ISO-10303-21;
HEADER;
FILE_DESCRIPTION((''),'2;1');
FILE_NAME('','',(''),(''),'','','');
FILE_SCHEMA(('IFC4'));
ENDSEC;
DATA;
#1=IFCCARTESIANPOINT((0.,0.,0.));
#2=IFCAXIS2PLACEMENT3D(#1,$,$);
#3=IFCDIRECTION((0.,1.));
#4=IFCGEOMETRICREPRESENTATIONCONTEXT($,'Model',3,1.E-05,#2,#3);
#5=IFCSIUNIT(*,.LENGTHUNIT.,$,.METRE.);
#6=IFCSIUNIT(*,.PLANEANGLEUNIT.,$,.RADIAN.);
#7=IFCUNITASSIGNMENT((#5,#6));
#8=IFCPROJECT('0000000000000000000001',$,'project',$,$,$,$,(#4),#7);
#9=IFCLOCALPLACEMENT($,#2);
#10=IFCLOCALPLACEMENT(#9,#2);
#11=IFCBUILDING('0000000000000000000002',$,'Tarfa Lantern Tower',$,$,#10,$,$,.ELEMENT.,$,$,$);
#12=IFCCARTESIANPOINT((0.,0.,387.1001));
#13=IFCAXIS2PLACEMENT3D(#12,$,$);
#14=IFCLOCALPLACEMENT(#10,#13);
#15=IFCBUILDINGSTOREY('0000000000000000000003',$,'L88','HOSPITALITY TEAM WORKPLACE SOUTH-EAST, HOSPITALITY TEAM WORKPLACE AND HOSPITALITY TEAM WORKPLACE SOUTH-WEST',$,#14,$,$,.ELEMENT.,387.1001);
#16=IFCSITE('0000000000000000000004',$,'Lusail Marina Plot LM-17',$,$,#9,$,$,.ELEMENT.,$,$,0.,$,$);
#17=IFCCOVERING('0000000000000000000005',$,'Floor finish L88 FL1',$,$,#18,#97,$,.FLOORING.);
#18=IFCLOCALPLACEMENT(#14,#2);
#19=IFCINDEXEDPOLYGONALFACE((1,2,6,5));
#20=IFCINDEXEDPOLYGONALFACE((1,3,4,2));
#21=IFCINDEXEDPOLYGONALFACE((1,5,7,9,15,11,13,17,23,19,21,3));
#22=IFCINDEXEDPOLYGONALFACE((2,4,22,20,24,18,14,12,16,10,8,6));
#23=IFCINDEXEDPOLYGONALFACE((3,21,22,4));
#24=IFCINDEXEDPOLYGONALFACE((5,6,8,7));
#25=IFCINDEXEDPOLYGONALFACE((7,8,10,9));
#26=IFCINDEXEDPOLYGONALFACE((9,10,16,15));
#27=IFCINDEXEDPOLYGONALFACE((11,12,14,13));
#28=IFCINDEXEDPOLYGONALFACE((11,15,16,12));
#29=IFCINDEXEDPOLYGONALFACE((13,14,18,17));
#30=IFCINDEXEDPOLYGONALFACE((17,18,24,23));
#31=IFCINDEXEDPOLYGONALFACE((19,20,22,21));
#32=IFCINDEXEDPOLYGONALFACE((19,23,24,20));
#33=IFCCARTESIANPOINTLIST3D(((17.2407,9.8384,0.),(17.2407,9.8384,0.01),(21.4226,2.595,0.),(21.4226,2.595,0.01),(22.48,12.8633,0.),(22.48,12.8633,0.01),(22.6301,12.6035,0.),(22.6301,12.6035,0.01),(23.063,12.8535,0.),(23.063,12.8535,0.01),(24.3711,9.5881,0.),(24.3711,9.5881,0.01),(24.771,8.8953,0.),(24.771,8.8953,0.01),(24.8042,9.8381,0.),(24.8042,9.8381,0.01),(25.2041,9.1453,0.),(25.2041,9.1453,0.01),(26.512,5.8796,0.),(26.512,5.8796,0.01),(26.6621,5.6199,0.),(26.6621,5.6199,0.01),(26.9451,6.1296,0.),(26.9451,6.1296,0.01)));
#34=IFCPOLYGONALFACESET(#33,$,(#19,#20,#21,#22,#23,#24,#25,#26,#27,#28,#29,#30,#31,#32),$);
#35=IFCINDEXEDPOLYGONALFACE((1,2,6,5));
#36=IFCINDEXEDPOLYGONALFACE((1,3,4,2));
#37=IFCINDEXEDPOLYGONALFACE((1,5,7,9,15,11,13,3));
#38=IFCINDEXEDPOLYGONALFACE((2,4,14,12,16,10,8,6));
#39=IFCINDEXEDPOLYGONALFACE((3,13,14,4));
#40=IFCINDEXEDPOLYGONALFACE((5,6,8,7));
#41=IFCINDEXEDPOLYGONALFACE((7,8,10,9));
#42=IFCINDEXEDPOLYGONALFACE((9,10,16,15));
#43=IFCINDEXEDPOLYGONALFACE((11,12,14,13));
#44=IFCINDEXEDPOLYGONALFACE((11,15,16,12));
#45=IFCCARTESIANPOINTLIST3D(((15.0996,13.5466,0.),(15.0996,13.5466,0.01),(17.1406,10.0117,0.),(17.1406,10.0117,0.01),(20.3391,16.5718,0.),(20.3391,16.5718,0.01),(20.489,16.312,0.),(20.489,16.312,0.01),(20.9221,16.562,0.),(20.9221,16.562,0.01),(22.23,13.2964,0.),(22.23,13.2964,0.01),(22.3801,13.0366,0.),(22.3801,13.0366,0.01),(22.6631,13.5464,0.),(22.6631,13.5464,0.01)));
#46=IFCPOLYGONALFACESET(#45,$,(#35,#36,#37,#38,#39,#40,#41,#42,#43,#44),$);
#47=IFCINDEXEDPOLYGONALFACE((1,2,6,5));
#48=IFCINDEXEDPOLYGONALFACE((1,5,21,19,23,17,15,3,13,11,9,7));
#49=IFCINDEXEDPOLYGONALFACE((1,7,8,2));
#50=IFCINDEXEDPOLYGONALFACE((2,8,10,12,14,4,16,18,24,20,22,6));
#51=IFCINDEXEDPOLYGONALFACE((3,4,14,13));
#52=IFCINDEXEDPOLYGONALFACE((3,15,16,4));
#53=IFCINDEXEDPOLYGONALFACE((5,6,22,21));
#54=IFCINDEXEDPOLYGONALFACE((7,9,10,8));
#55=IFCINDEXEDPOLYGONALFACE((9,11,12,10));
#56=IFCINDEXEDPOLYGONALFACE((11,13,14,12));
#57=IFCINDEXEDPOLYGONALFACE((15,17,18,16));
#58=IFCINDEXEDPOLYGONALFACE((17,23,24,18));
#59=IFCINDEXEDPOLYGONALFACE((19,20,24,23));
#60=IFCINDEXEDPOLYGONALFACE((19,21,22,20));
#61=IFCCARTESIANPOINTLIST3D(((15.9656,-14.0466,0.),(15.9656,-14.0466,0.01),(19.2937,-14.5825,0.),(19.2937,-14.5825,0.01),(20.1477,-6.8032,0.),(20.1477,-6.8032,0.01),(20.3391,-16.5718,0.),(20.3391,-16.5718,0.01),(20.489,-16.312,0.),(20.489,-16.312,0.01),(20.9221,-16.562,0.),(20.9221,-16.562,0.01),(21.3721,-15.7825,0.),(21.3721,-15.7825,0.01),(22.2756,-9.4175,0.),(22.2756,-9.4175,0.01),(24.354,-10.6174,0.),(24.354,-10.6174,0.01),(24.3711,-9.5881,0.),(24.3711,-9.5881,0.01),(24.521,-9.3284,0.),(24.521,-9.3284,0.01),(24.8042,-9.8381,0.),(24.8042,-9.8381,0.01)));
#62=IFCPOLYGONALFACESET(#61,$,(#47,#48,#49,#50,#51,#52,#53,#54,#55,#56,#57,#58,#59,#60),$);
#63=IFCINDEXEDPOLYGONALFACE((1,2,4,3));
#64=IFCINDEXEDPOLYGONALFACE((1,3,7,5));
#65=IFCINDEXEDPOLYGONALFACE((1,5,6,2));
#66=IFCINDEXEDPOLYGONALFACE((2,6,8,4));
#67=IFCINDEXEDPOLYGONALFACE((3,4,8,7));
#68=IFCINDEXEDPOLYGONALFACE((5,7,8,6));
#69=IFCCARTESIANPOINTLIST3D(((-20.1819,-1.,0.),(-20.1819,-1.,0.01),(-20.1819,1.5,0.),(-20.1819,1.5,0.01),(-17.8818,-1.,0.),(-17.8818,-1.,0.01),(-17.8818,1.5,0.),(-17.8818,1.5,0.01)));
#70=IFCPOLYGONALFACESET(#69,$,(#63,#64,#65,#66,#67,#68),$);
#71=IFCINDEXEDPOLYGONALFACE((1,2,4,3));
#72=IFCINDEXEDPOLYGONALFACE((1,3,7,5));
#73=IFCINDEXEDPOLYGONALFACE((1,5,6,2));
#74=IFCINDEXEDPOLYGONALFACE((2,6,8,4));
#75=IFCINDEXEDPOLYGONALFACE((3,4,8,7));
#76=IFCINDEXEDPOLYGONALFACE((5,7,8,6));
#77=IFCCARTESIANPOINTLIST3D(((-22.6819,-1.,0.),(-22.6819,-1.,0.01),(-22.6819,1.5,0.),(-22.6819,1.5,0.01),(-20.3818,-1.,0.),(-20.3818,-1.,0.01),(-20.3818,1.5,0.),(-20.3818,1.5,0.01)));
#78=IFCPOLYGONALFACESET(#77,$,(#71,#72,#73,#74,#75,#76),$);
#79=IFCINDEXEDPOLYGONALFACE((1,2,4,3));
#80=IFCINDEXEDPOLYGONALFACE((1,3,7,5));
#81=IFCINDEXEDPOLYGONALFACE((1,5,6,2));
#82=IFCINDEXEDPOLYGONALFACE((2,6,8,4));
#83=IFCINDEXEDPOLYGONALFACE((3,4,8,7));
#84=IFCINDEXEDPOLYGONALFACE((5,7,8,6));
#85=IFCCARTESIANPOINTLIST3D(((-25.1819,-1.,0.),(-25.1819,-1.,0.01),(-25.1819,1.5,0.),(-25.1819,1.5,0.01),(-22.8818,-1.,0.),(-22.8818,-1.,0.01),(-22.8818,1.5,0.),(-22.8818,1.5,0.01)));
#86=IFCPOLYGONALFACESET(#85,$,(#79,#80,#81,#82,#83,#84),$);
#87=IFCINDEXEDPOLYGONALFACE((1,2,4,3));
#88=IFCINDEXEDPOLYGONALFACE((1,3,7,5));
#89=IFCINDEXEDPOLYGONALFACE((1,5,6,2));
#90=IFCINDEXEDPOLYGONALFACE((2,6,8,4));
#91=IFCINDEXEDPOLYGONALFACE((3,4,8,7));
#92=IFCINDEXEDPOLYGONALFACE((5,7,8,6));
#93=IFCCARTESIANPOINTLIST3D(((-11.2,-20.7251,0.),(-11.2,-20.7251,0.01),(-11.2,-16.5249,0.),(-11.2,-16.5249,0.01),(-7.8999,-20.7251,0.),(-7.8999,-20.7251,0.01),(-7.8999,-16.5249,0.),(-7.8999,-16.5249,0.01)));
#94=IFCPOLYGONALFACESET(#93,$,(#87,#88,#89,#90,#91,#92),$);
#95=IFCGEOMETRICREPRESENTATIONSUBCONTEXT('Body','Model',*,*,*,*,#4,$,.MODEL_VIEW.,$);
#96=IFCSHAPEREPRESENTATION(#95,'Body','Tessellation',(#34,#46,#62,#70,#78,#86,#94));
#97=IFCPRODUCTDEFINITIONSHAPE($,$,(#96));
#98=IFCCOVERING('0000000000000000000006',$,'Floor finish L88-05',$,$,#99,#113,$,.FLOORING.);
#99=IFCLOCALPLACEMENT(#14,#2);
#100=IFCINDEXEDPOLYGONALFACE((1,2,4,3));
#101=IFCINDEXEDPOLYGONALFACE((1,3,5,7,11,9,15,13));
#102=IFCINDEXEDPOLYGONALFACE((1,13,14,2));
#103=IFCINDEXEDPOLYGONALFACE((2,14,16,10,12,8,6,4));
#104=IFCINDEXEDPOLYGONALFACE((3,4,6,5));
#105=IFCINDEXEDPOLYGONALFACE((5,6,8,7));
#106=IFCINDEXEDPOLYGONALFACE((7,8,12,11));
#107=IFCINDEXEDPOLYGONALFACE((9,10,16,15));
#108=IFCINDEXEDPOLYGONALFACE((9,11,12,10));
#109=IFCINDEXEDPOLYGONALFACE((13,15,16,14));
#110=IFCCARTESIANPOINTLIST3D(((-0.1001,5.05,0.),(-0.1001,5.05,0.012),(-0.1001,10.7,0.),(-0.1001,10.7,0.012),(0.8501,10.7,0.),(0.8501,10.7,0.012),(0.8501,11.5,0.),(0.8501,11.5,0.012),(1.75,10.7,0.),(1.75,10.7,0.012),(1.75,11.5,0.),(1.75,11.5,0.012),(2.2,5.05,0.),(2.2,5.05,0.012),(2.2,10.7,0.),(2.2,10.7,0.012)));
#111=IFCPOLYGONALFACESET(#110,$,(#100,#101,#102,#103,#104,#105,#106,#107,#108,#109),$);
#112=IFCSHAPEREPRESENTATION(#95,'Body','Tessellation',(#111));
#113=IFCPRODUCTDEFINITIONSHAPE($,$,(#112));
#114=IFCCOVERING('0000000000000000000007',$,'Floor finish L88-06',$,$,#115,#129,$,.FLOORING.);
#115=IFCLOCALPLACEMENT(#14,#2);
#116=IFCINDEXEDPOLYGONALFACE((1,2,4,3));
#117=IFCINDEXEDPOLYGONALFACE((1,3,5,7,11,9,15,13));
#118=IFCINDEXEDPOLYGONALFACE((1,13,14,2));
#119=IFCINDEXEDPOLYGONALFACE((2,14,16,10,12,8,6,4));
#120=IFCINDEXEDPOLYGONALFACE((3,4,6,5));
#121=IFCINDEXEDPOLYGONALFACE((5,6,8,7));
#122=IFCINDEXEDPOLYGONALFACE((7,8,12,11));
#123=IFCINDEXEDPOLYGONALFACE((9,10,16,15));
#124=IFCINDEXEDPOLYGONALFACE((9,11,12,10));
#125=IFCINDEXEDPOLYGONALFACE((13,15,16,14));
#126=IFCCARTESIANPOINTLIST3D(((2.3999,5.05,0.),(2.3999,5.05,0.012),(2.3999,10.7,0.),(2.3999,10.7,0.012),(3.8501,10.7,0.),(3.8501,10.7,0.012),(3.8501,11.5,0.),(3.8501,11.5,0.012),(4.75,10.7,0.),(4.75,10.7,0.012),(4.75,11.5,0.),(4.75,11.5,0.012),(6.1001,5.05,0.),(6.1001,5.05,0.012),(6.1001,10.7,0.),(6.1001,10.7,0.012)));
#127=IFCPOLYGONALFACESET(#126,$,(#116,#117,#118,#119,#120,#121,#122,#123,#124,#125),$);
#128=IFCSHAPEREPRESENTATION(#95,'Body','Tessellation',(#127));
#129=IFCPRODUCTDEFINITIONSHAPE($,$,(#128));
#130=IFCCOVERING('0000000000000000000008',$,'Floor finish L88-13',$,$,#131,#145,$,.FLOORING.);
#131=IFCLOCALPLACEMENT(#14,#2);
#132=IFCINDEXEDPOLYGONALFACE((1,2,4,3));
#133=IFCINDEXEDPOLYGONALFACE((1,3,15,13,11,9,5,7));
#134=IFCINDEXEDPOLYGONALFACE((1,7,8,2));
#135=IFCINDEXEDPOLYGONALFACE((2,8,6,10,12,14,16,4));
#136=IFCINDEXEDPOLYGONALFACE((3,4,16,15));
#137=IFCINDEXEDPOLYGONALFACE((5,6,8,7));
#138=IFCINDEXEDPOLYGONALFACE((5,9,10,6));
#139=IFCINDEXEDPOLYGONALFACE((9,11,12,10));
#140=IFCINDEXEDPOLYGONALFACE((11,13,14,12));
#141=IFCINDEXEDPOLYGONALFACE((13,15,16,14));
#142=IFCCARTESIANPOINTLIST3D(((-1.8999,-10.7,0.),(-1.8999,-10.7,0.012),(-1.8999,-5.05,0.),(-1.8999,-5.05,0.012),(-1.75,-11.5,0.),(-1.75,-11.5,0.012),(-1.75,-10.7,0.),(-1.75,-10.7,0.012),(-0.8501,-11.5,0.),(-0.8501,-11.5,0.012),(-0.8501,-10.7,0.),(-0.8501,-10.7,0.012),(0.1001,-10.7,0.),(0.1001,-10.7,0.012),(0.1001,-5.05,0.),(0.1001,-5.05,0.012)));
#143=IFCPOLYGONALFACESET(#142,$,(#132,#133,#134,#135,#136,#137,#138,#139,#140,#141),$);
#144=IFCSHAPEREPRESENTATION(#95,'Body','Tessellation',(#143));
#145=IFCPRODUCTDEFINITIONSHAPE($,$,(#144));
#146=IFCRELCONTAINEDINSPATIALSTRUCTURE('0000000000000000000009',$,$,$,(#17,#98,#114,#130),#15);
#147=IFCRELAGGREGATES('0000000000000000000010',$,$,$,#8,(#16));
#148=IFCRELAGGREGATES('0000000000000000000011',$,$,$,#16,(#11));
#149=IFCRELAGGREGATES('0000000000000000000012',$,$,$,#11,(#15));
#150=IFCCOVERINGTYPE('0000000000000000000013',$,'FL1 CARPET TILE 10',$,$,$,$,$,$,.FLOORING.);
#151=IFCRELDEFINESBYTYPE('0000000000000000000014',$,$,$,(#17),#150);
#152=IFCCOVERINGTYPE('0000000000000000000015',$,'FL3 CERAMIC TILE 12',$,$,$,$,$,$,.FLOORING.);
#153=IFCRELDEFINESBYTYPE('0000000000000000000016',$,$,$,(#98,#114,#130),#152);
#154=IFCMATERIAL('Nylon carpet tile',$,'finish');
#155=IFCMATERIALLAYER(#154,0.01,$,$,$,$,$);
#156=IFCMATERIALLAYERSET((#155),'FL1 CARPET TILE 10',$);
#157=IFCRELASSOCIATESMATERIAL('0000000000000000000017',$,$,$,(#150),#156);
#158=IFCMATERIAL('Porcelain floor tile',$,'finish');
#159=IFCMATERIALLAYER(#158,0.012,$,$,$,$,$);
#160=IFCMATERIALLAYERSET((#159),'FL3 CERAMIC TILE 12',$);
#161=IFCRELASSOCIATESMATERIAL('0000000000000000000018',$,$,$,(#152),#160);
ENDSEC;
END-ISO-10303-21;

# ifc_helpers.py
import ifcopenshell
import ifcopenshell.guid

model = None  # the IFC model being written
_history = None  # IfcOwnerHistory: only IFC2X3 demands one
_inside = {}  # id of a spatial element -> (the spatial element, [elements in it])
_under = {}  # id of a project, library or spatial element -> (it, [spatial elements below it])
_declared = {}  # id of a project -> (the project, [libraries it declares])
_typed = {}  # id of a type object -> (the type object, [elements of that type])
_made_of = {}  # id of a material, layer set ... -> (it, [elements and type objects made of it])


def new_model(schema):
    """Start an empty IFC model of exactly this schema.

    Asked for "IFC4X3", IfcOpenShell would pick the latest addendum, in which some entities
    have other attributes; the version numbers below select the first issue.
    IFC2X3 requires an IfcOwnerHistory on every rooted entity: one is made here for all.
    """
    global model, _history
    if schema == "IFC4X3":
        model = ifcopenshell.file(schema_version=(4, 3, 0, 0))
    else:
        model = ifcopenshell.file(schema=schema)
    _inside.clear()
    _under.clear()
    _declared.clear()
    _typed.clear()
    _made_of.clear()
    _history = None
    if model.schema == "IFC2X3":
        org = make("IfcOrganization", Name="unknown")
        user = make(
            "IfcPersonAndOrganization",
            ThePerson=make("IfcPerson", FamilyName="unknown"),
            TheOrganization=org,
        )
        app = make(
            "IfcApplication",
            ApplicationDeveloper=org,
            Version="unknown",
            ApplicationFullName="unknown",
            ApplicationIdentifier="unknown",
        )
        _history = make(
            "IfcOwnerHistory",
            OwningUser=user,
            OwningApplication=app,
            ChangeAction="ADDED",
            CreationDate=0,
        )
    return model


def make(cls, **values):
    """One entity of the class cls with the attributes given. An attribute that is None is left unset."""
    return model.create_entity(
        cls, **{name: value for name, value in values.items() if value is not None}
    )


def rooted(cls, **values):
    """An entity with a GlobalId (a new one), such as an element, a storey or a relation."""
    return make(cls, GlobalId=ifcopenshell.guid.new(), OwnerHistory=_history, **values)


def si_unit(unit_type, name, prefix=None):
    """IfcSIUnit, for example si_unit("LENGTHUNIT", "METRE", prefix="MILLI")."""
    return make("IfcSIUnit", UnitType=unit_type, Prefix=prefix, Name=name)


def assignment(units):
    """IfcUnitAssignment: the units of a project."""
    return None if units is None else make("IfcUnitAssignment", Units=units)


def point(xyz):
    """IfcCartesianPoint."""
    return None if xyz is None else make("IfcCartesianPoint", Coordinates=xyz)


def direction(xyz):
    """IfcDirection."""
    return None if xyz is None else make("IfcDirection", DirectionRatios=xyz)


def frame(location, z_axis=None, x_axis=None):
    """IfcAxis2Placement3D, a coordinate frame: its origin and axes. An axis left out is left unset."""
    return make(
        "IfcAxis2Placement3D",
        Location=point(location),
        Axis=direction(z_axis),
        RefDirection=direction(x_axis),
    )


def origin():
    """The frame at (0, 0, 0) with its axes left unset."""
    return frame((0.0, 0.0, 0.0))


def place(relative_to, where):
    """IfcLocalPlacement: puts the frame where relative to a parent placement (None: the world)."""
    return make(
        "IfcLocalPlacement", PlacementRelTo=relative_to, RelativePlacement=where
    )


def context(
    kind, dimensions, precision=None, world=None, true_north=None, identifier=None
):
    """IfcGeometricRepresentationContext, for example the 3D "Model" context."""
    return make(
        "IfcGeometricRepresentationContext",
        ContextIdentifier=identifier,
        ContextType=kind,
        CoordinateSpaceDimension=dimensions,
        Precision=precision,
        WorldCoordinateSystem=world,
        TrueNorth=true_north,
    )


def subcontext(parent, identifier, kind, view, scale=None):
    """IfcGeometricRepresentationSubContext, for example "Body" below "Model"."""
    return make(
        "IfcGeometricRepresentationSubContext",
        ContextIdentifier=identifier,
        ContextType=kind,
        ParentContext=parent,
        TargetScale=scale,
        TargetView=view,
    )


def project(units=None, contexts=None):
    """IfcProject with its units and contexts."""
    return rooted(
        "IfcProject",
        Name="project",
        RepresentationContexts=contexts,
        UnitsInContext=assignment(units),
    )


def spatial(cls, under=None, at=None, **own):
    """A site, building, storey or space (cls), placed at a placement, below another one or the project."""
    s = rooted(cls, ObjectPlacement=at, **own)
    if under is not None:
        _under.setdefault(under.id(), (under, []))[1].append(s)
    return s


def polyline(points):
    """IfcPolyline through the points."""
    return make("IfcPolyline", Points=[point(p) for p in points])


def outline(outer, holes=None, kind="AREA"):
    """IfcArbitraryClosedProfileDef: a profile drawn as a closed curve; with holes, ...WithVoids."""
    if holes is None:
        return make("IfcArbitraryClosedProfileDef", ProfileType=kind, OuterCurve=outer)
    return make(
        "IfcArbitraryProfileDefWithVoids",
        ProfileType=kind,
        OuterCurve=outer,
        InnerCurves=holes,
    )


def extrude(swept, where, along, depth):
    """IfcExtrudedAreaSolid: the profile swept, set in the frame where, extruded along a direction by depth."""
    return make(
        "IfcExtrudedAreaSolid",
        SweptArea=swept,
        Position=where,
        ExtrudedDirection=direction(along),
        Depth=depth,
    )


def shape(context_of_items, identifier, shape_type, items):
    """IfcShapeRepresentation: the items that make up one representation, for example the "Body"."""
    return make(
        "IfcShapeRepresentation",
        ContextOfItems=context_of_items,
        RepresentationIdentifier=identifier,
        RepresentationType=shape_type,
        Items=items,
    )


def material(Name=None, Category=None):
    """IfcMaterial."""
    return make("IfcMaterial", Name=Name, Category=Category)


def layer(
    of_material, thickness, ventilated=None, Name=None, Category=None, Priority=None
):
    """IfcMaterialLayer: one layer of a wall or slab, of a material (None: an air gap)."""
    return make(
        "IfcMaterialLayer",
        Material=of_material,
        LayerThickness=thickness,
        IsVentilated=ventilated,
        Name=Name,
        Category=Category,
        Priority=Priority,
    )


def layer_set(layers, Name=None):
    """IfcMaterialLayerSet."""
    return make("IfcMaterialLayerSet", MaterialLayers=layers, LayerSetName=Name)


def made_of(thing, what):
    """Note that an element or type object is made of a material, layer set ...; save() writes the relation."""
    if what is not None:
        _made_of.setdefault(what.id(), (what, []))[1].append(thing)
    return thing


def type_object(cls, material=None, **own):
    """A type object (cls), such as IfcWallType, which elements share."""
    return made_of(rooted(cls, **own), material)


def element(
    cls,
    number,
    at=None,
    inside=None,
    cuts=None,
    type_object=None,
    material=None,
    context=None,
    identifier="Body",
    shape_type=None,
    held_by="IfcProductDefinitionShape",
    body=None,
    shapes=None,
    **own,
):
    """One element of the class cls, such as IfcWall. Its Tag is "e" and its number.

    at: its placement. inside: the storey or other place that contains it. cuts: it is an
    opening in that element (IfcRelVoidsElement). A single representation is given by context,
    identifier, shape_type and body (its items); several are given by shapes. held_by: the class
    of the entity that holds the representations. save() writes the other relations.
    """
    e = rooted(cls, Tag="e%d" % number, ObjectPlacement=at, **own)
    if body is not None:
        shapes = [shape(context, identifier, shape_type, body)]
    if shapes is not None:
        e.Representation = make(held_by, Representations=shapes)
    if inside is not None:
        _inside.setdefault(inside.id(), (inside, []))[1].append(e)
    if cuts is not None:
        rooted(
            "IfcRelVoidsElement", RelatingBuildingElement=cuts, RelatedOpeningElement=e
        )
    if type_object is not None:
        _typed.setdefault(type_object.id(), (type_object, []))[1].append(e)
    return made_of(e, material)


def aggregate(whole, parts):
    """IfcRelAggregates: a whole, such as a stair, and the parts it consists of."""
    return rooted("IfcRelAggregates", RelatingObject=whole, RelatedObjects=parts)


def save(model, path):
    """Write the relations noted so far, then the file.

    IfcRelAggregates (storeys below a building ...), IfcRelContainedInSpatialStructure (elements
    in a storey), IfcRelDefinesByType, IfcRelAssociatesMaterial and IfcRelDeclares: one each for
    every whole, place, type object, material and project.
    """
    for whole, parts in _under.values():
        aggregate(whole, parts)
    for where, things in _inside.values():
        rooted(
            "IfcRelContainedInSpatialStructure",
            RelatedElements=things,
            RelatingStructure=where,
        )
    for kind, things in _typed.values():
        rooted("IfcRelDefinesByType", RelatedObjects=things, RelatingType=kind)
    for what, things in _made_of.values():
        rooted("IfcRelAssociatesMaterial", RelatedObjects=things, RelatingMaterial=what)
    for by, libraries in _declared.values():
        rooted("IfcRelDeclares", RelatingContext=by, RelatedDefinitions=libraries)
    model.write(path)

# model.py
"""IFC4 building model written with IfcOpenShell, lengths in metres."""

from ifc_helpers import new_model, si_unit, direction, frame, origin, place, context, subcontext, project, spatial, polyline, outline, extrude, material, layer, layer_set, type_object, element, save


model = new_model("IFC4")

# Units and contexts
model_context = context("Model", 3, precision=1e-05, world=origin(), true_north=direction((0.0, 1.0)))
body_context = subcontext(model_context, "Body", "Model", "MODEL_VIEW")
ifc_project = project(units=[si_unit("LENGTHUNIT", "METRE"), si_unit("PLANEANGLEUNIT", "RADIAN")], contexts=[model_context])

# Site, building, storey
site_placement = place(None, origin())
site = spatial("IfcSite", under=ifc_project, at=site_placement, Name="Lusail Marina Plot LM-17", CompositionType="ELEMENT", RefElevation=0.0)
building_placement = place(site_placement, origin())
building = spatial("IfcBuilding", under=site, at=building_placement, Name="Tarfa Lantern Tower", CompositionType="ELEMENT")
storey_placement = place(building_placement, frame((0.0, 0.0, 387.1001)))
storey = spatial("IfcBuildingStorey", under=building, at=storey_placement, Name="L88", Description="HOSPITALITY TEAM WORKPLACE SOUTH-EAST, HOSPITALITY TEAM WORKPLACE AND HOSPITALITY TEAM WORKPLACE SOUTH-WEST", CompositionType="ELEMENT", Elevation=387.1001)

# Coverings
ifc_material_1 = material(Name="Nylon carpet tile", Category="finish")
ifc_layer_1 = layer(ifc_material_1, 0.01)
ifc_layer_set_1 = layer_set([ifc_layer_1], Name="FL1 CARPET TILE 10")
covering_type_1 = type_object("IfcCoveringType", Name="FL1 CARPET TILE 10", PredefinedType="FLOORING", material=ifc_layer_set_1)
covering_1_placement = place(storey_placement, origin())
element("IfcCovering", 1, at=covering_1_placement, inside=storey, type_object=covering_type_1, Name="Floor finish L88 FL1", PredefinedType="FLOORING", context=body_context, shape_type="SweptSolid", body=[
    extrude(outline(polyline([(17.2407, 9.8384), (22.48, 12.8633), (22.6301, 12.6035), (23.063, 12.8535), (24.8042, 9.8381), (24.3711, 9.5881), (24.771, 8.8953), (25.2041, 9.1453), (26.9451, 6.1296), (26.512, 5.8796), (26.6621, 5.6199), (21.4226, 2.595), (17.2407, 9.8384)])), origin(), (0.0, 0.0, 1.0), 0.01),
    extrude(outline(polyline([(15.0996, 13.5466), (20.3391, 16.5718), (20.489, 16.312), (20.9221, 16.562), (22.6631, 13.5464), (22.23, 13.2964), (22.3801, 13.0366), (17.1406, 10.0117), (15.0996, 13.5466)])), origin(), (0.0, 0.0, 1.0), 0.01),
    extrude(outline(polyline([(20.1477, -6.8032), (24.521, -9.3284), (24.3711, -9.5881), (24.8042, -9.8381), (24.354, -10.6174), (22.2756, -9.4175), (19.2937, -14.5825), (21.3721, -15.7825), (20.9221, -16.562), (20.489, -16.312), (20.3391, -16.5718), (15.9656, -14.0466), (20.1477, -6.8032)])), origin(), (0.0, 0.0, 1.0), 0.01),
    extrude(outline(polyline([(-20.1819, -1.0), (-20.1819, 1.5), (-17.8818, 1.5), (-17.8818, -1.0), (-20.1819, -1.0)])), origin(), (0.0, 0.0, 1.0), 0.01),
    extrude(outline(polyline([(-22.6819, -1.0), (-22.6819, 1.5), (-20.3818, 1.5), (-20.3818, -1.0), (-22.6819, -1.0)])), origin(), (0.0, 0.0, 1.0), 0.01),
    extrude(outline(polyline([(-25.1819, -1.0), (-25.1819, 1.5), (-22.8818, 1.5), (-22.8818, -1.0), (-25.1819, -1.0)])), origin(), (0.0, 0.0, 1.0), 0.01),
    extrude(outline(polyline([(-7.8999, -20.7251), (-11.2, -20.7251), (-11.2, -16.5249), (-7.8999, -16.5249), (-7.8999, -20.7251)])), origin(), (0.0, 0.0, 1.0), 0.01),
])
ifc_material_2 = material(Name="Porcelain floor tile", Category="finish")
ifc_layer_2 = layer(ifc_material_2, 0.012)
ifc_layer_set_2 = layer_set([ifc_layer_2], Name="FL3 CERAMIC TILE 12")
covering_type_2 = type_object("IfcCoveringType", Name="FL3 CERAMIC TILE 12", PredefinedType="FLOORING", material=ifc_layer_set_2)
covering_2_placement = place(storey_placement, origin())
element("IfcCovering", 2, at=covering_2_placement, inside=storey, type_object=covering_type_2, Name="Floor finish L88-05", PredefinedType="FLOORING", context=body_context, shape_type="SweptSolid", body=[
    extrude(outline(polyline([(0.8501, 10.7), (-0.1001, 10.7), (-0.1001, 5.05), (2.2, 5.05), (2.2, 10.7), (1.75, 10.7), (1.75, 11.5), (0.8501, 11.5), (0.8501, 10.7)])), origin(), (0.0, 0.0, 1.0), 0.012),
])
covering_3_placement = place(storey_placement, origin())
element("IfcCovering", 3, at=covering_3_placement, inside=storey, type_object=covering_type_2, Name="Floor finish L88-06", PredefinedType="FLOORING", context=body_context, shape_type="SweptSolid", body=[
    extrude(outline(polyline([(2.3999, 5.05), (6.1001, 5.05), (6.1001, 10.7), (4.75, 10.7), (4.75, 11.5), (3.8501, 11.5), (3.8501, 10.7), (2.3999, 10.7), (2.3999, 5.05)])), origin(), (0.0, 0.0, 1.0), 0.012),
])
covering_4_placement = place(storey_placement, origin())
element("IfcCovering", 4, at=covering_4_placement, inside=storey, type_object=covering_type_2, Name="Floor finish L88-13", PredefinedType="FLOORING", context=body_context, shape_type="SweptSolid", body=[
    extrude(outline(polyline([(-0.8501, -10.7), (0.1001, -10.7), (0.1001, -5.05), (-1.8999, -5.05), (-1.8999, -10.7), (-1.75, -10.7), (-1.75, -11.5), (-1.75, -11.5), (-0.8501, -11.5), (-0.8501, -10.7)])), origin(), (0.0, 0.0, 1.0), 0.012),
])

save(model, "model.ifc")
